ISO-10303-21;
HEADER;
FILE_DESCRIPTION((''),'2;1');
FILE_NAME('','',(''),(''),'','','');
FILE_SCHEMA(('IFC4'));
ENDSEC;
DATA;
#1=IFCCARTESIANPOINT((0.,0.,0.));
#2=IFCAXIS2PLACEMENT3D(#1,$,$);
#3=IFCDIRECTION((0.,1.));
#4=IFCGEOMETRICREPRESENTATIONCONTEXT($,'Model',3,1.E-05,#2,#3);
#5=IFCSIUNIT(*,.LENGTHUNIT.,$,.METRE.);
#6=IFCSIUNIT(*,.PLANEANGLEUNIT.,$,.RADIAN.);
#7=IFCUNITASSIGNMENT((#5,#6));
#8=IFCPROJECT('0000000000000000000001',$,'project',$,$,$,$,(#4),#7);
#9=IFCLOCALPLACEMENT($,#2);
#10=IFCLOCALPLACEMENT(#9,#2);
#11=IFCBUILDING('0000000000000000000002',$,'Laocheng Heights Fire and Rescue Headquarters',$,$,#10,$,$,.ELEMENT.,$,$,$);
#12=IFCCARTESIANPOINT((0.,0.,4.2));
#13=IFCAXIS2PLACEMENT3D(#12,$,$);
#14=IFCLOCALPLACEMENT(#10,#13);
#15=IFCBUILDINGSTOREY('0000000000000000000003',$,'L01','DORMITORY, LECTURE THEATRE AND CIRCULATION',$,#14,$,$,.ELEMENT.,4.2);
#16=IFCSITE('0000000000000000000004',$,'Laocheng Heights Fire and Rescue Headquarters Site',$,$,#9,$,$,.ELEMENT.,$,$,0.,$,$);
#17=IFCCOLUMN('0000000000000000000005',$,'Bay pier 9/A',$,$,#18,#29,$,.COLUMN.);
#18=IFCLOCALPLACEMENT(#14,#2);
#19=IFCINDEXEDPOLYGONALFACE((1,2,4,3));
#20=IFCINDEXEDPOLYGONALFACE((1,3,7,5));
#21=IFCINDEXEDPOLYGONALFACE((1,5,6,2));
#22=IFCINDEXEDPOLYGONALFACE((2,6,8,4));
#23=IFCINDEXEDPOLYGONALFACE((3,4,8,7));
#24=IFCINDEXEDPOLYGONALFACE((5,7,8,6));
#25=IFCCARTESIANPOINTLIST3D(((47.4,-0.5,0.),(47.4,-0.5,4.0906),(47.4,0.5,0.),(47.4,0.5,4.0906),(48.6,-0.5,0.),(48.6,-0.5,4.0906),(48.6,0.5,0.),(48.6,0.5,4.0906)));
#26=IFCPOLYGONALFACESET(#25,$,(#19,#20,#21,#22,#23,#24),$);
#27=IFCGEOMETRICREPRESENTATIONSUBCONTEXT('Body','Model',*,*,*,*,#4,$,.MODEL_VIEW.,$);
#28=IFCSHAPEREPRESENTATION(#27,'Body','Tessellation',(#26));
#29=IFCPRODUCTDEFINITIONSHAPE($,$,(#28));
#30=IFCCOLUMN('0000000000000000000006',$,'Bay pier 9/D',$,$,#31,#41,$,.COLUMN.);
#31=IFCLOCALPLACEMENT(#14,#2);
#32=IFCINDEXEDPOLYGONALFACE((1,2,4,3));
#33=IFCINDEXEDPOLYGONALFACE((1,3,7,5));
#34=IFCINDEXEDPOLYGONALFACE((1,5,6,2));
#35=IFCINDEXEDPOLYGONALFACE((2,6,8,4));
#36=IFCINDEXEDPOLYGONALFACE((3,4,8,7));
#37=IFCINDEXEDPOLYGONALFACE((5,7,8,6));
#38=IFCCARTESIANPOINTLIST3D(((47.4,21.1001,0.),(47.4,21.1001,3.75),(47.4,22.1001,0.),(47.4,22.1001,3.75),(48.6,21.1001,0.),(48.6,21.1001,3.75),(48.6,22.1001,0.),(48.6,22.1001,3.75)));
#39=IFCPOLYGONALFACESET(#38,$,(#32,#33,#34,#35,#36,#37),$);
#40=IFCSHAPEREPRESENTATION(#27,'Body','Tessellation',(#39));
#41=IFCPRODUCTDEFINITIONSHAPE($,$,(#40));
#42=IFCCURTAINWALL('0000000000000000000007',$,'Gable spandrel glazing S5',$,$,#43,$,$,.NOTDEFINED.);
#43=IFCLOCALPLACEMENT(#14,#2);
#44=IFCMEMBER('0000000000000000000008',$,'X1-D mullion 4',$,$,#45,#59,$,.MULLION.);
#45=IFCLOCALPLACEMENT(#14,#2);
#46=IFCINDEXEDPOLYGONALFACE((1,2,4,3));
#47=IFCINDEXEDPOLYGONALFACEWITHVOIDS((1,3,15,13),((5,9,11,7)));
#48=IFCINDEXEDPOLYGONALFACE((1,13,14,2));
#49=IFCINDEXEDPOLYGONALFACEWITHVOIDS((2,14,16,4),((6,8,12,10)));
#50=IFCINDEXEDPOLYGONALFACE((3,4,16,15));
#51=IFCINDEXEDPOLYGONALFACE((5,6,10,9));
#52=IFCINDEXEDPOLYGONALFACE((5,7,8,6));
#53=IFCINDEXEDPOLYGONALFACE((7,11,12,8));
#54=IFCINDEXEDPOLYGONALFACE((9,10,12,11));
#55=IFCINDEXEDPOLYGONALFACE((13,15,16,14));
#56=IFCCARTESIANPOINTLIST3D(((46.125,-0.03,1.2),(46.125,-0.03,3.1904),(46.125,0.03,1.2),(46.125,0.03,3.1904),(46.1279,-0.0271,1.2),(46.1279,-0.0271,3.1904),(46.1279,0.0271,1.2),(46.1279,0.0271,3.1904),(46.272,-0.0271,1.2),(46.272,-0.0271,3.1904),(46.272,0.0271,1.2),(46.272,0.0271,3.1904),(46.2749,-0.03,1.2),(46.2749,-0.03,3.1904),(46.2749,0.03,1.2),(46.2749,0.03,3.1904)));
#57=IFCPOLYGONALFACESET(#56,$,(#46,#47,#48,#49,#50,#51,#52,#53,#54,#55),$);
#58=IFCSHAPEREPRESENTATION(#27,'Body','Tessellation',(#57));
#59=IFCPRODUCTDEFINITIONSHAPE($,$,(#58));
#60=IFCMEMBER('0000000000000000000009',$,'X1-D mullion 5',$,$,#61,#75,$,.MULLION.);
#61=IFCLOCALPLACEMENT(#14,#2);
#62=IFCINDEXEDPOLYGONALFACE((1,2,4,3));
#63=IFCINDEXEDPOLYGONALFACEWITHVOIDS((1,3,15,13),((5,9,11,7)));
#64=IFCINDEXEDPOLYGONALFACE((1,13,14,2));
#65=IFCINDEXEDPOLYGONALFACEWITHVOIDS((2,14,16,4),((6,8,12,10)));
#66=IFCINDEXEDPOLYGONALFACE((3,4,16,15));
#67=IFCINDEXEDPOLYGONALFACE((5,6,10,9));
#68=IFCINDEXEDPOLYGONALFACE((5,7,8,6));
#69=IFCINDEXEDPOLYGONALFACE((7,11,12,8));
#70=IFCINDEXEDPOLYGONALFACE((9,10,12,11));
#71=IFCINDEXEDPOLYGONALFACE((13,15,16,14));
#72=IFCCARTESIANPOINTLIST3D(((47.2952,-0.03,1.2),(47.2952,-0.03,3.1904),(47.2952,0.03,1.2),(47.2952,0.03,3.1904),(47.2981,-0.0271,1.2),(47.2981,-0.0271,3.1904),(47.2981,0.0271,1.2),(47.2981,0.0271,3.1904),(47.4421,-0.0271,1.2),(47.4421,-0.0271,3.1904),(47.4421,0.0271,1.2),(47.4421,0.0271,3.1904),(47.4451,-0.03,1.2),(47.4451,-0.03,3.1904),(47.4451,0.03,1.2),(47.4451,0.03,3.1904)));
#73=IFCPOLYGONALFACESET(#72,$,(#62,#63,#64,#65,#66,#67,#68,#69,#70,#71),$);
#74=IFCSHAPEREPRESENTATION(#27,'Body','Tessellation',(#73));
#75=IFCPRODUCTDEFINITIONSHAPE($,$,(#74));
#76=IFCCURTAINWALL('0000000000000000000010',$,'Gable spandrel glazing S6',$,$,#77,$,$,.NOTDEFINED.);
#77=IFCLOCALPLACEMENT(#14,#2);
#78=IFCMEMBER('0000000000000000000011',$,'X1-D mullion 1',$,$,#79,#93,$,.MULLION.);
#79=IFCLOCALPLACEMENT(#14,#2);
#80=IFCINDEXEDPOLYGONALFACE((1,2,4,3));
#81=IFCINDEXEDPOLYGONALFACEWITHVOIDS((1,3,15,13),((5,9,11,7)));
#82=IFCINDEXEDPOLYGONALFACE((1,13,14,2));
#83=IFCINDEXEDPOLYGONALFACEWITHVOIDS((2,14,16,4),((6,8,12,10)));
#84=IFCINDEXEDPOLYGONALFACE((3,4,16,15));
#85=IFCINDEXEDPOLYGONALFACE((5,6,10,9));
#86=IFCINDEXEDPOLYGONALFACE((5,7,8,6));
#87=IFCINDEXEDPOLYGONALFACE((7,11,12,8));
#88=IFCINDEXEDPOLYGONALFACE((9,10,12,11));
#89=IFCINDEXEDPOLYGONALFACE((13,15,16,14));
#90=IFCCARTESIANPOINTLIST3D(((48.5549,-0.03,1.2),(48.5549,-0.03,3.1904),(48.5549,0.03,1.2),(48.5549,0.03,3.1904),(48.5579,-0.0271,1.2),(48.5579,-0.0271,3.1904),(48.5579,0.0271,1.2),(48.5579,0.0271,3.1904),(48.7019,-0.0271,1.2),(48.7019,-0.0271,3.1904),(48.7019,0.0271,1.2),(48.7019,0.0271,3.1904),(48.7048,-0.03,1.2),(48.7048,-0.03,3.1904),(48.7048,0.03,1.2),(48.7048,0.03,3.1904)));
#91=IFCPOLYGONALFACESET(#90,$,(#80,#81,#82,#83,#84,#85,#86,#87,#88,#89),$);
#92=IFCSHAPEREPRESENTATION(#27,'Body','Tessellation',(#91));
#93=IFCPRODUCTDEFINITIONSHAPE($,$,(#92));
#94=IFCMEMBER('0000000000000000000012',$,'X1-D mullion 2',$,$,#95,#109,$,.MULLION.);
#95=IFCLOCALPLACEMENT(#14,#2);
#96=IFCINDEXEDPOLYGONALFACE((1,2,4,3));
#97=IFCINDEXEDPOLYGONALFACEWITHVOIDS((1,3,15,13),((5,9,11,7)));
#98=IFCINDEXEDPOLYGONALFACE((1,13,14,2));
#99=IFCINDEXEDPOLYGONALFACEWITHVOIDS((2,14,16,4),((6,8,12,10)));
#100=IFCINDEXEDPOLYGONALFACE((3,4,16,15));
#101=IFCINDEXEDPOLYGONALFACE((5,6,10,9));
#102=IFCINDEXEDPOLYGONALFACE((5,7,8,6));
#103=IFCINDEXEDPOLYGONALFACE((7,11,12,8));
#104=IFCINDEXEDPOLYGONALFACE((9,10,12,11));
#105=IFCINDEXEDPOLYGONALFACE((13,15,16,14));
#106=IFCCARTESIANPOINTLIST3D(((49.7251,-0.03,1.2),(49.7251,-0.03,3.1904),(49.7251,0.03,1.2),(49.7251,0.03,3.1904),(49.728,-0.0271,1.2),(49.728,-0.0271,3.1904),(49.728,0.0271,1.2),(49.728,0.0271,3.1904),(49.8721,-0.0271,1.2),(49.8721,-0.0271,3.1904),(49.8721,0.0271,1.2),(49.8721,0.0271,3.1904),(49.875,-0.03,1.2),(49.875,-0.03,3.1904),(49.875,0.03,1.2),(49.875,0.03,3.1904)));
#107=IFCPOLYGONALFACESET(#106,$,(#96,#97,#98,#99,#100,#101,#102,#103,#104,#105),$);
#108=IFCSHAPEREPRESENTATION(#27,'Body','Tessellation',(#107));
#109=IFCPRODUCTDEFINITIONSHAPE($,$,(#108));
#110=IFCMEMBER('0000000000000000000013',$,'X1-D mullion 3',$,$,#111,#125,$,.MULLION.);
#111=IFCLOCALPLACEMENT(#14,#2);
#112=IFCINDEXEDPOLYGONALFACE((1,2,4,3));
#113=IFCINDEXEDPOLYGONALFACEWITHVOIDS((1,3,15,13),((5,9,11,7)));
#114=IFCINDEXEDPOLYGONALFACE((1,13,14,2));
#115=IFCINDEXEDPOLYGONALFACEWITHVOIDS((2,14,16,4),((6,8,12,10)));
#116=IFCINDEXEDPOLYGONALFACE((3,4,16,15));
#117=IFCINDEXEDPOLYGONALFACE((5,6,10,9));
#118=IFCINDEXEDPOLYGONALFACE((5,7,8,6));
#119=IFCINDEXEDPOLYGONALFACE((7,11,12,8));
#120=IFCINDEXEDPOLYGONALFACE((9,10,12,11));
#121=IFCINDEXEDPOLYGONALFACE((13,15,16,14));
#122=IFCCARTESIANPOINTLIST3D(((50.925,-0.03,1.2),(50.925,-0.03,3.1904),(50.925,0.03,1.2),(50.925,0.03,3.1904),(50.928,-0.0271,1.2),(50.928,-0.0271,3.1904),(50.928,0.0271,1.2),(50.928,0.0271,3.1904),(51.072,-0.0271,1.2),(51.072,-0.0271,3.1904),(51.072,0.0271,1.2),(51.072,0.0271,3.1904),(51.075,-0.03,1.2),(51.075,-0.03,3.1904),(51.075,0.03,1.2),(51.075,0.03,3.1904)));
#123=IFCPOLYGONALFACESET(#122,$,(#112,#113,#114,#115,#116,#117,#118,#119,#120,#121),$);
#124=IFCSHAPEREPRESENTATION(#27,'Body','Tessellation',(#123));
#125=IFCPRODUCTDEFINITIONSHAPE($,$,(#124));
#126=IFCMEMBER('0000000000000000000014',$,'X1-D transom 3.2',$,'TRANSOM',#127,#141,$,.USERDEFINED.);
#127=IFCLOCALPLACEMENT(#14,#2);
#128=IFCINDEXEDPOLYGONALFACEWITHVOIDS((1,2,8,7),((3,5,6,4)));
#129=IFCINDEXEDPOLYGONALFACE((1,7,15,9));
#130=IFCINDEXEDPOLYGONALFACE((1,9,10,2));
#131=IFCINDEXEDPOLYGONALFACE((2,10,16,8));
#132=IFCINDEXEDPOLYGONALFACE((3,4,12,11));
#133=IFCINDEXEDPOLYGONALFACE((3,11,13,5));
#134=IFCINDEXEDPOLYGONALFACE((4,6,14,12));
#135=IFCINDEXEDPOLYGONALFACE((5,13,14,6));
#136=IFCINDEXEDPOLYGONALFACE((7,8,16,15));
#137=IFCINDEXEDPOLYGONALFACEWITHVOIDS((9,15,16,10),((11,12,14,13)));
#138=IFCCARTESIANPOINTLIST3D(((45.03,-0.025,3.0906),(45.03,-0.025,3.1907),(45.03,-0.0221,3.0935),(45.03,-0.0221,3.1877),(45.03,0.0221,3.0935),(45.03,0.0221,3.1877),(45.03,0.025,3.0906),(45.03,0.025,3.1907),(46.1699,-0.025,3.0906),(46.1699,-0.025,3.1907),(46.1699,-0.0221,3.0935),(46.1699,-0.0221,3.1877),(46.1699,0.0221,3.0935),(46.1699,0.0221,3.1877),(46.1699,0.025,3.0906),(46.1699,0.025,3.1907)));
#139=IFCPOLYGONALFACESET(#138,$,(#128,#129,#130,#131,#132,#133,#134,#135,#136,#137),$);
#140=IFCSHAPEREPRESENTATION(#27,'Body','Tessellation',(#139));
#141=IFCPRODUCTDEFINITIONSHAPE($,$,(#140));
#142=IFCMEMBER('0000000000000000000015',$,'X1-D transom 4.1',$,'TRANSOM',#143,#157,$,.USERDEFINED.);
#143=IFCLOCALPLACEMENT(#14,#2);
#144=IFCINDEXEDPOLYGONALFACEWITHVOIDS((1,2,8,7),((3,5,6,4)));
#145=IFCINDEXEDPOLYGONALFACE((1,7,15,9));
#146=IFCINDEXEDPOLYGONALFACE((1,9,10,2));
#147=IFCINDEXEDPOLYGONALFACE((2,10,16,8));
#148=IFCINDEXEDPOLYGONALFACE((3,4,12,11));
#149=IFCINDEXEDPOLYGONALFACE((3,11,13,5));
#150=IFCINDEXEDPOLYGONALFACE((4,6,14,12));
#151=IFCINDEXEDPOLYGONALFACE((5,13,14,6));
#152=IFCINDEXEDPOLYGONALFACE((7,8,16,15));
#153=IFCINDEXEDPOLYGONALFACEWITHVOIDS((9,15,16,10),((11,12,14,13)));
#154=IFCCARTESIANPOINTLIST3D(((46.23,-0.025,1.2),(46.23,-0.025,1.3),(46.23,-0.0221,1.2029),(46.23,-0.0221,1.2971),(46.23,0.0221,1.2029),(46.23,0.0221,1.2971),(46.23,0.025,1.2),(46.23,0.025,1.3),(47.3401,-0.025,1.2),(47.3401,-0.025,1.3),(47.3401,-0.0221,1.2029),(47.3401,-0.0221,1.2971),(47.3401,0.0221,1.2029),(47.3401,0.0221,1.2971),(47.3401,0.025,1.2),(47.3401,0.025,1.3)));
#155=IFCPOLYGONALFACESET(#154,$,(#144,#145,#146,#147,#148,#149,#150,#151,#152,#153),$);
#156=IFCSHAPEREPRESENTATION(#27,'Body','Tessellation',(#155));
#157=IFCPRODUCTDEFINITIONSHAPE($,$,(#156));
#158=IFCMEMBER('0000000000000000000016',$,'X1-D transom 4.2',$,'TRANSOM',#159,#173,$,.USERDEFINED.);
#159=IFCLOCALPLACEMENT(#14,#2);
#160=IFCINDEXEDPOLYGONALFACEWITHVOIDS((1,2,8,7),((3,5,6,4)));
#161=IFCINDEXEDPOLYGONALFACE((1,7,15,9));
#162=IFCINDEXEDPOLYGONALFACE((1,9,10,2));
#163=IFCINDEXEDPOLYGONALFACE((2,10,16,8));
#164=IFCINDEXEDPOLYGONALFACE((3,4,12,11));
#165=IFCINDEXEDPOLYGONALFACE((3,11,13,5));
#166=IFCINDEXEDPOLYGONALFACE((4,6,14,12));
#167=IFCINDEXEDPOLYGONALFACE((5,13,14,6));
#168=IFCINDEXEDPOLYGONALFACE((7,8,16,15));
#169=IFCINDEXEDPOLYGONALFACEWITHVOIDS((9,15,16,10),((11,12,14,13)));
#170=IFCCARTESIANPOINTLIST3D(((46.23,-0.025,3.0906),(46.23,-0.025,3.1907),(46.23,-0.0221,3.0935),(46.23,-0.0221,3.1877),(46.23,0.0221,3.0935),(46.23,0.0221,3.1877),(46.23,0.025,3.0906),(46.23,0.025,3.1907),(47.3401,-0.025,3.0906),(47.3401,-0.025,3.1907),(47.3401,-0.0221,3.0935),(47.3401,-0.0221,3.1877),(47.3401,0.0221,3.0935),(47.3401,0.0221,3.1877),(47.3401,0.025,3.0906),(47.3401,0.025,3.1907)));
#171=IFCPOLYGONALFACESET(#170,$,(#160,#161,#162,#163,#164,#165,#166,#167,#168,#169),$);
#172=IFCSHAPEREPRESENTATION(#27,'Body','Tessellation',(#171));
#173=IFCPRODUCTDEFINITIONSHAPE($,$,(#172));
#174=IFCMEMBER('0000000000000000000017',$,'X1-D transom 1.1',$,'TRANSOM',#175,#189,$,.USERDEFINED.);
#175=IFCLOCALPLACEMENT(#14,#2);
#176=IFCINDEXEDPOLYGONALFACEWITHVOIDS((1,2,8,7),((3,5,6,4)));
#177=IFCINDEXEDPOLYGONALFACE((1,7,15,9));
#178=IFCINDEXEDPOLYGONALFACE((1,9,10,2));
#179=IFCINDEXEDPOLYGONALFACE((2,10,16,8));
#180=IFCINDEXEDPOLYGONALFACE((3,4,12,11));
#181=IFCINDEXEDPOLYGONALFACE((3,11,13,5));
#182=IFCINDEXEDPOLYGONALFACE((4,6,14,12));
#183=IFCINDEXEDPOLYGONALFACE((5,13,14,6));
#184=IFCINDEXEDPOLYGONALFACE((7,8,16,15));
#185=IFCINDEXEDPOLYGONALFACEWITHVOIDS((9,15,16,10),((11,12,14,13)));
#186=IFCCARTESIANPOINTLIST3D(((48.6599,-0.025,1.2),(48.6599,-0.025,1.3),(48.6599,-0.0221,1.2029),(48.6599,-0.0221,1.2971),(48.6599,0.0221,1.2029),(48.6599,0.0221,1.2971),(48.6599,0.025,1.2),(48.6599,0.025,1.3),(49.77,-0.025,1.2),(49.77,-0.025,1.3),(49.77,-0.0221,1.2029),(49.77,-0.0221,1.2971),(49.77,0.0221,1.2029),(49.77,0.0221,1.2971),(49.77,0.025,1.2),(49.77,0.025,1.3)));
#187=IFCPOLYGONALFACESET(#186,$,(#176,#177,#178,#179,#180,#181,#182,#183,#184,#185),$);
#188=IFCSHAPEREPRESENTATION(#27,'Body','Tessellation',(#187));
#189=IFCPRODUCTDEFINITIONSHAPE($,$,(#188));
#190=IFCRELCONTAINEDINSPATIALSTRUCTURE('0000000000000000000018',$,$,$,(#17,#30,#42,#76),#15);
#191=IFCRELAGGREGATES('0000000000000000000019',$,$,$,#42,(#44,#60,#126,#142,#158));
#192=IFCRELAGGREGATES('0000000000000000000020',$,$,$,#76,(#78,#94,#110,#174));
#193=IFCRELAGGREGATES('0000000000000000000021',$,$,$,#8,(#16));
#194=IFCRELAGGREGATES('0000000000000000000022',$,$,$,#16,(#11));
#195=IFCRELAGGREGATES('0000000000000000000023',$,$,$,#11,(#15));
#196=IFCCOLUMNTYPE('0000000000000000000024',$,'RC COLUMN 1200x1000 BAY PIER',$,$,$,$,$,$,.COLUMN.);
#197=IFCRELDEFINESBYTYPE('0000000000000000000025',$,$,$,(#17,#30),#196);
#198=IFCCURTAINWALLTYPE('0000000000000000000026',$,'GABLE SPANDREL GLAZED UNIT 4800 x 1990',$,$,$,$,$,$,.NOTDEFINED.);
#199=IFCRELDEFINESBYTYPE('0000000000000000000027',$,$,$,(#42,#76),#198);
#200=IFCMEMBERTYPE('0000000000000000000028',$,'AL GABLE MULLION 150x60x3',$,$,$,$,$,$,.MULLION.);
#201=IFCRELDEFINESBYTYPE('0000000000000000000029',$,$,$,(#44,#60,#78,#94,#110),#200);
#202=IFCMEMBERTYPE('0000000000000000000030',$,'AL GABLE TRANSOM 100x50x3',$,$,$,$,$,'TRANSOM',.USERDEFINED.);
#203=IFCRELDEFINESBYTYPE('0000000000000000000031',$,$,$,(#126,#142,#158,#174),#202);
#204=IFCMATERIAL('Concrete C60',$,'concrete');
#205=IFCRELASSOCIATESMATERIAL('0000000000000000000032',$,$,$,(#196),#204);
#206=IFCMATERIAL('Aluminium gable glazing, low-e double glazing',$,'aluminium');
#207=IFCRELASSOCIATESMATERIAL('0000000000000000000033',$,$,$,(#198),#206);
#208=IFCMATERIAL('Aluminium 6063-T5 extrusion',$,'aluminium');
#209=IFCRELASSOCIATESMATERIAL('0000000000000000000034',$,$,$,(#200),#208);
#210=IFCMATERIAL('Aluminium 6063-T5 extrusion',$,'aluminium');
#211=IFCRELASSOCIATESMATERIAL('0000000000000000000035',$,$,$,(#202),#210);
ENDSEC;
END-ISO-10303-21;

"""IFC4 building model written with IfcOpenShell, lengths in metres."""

from ifc_helpers import new_model, si_unit, direction, frame, origin, origin_2d, place, context, subcontext, project, spatial, rectangle, hollow_rectangle, extrude, material, material_profile, profile_set, type_object, element, aggregate, save


model = new_model("IFC4")

# Units and contexts
model_context = context("Model", 3, precision=1e-05, world=origin(), true_north=direction((0.0, 1.0)))
body_context = subcontext(model_context, "Body", "Model", "MODEL_VIEW")
ifc_project = project(units=[si_unit("LENGTHUNIT", "METRE"), si_unit("PLANEANGLEUNIT", "RADIAN")], contexts=[model_context])

# Site, building, storey
site_placement = place(None, origin())
site = spatial("IfcSite", under=ifc_project, at=site_placement, Name="Laocheng Heights Fire and Rescue Headquarters Site", CompositionType="ELEMENT", RefElevation=0.0)
building_placement = place(site_placement, origin())
building = spatial("IfcBuilding", under=site, at=building_placement, Name="Laocheng Heights Fire and Rescue Headquarters", CompositionType="ELEMENT")
storey_placement = place(building_placement, frame((0.0, 0.0, 4.2)))
storey = spatial("IfcBuildingStorey", under=building, at=storey_placement, Name="L01", Description="DORMITORY, LECTURE THEATRE AND CIRCULATION", CompositionType="ELEMENT", Elevation=4.2)

# Columns
ifc_material_1 = material(Name="Concrete C60", Category="concrete")
ifc_material_profile_1 = material_profile(ifc_material_1, rectangle(XDim=1.2, YDim=1.0, at=origin_2d()), Name="RC COLUMN 1200x1000 BAY PIER")
ifc_profile_set_1 = profile_set([ifc_material_profile_1], Name="Concrete C60")
column_type = type_object("IfcColumnType", Name="RC COLUMN 1200x1000 BAY PIER", PredefinedType="COLUMN", material=ifc_profile_set_1)
column_1_placement = place(storey_placement, frame((48.0, 0.0, 0.0), z_axis=(0.0, 0.0, 1.0), x_axis=(1.0, 0.0, 0.0)))
element("IfcColumn", 1, at=column_1_placement, inside=storey, type_object=column_type, Name="Bay pier 9/A", PredefinedType="COLUMN", context=body_context, shape_type="SweptSolid", body=[
    extrude(rectangle(XDim=1.2, YDim=1.0, at=origin_2d()), origin(), (0.0, 0.0, 1.0), 4.0906),
])
column_2_placement = place(storey_placement, frame((48.0, 21.6001, 0.0), z_axis=(0.0, 0.0, 1.0), x_axis=(1.0, 0.0, 0.0)))
element("IfcColumn", 2, at=column_2_placement, inside=storey, type_object=column_type, Name="Bay pier 9/D", PredefinedType="COLUMN", context=body_context, shape_type="SweptSolid", body=[
    extrude(rectangle(XDim=1.2, YDim=1.0, at=origin_2d()), origin(), (0.0, 0.0, 1.0), 3.75),
])

# Curtain walls, members
ifc_material_2 = material(Name="Aluminium gable glazing, low-e double glazing", Category="aluminium")
curtain_wall_type = type_object("IfcCurtainWallType", Name="GABLE SPANDREL GLAZED UNIT 4800 x 1990", PredefinedType="NOTDEFINED", material=ifc_material_2)
curtain_wall_1_placement = place(storey_placement, origin())
curtain_wall_1 = element("IfcCurtainWall", 3, at=curtain_wall_1_placement, inside=storey, type_object=curtain_wall_type, Name="Gable spandrel glazing S5", PredefinedType="NOTDEFINED")
ifc_material_3 = material(Name="Aluminium 6063-T5 extrusion", Category="aluminium")
ifc_material_profile_2 = material_profile(ifc_material_3, hollow_rectangle(XDim=0.0601, YDim=0.1499, WallThickness=0.0029, at=origin_2d()), Name="AL MULLION 150x60x3")
ifc_profile_set_2 = profile_set([ifc_material_profile_2], Name="Aluminium 6063-T5 extrusion")
member_type_1 = type_object("IfcMemberType", Name="AL GABLE MULLION 150x60x3", PredefinedType="MULLION", material=ifc_profile_set_2)
member_1_placement = place(storey_placement, frame((46.2, 0.0, 1.2), z_axis=(0.0, 0.0, 1.0), x_axis=(0.0, 1.0, 0.0)))
member_1 = element("IfcMember", 4, at=member_1_placement, type_object=member_type_1, Name="X1-D mullion 4", PredefinedType="MULLION", context=body_context, shape_type="SweptSolid", body=[
    extrude(hollow_rectangle(XDim=0.0601, YDim=0.1499, WallThickness=0.0029, at=origin_2d()), origin(), (0.0, 0.0, 1.0), 1.9905),
])
member_2_placement = place(storey_placement, frame((47.3701, 0.0, 1.2), z_axis=(0.0, 0.0, 1.0), x_axis=(0.0, 1.0, 0.0)))
member_2 = element("IfcMember", 5, at=member_2_placement, type_object=member_type_1, Name="X1-D mullion 5", PredefinedType="MULLION", context=body_context, shape_type="SweptSolid", body=[
    extrude(hollow_rectangle(XDim=0.0601, YDim=0.1499, WallThickness=0.0029, at=origin_2d()), origin(), (0.0, 0.0, 1.0), 1.9905),
])
curtain_wall_2_placement = place(storey_placement, origin())
curtain_wall_2 = element("IfcCurtainWall", 6, at=curtain_wall_2_placement, inside=storey, type_object=curtain_wall_type, Name="Gable spandrel glazing S6", PredefinedType="NOTDEFINED")
member_3_placement = place(storey_placement, frame((48.6299, 0.0, 1.2), z_axis=(0.0, 0.0, 1.0), x_axis=(0.0, 1.0, 0.0)))
member_3 = element("IfcMember", 7, at=member_3_placement, type_object=member_type_1, Name="X1-D mullion 1", PredefinedType="MULLION", context=body_context, shape_type="SweptSolid", body=[
    extrude(hollow_rectangle(XDim=0.0601, YDim=0.1499, WallThickness=0.0029, at=origin_2d()), origin(), (0.0, 0.0, 1.0), 1.9905),
])
member_4_placement = place(storey_placement, frame((49.8, 0.0, 1.2), z_axis=(0.0, 0.0, 1.0), x_axis=(0.0, 1.0, 0.0)))
member_4 = element("IfcMember", 8, at=member_4_placement, type_object=member_type_1, Name="X1-D mullion 2", PredefinedType="MULLION", context=body_context, shape_type="SweptSolid", body=[
    extrude(hollow_rectangle(XDim=0.0601, YDim=0.1499, WallThickness=0.0029, at=origin_2d()), origin(), (0.0, 0.0, 1.0), 1.9905),
])
member_5_placement = place(storey_placement, frame((51.0, 0.0, 1.2), z_axis=(0.0, 0.0, 1.0), x_axis=(0.0, 1.0, 0.0)))
member_5 = element("IfcMember", 9, at=member_5_placement, type_object=member_type_1, Name="X1-D mullion 3", PredefinedType="MULLION", context=body_context, shape_type="SweptSolid", body=[
    extrude(hollow_rectangle(XDim=0.0601, YDim=0.1499, WallThickness=0.0029, at=origin_2d()), origin(), (0.0, 0.0, 1.0), 1.9905),
])

# Members
ifc_material_4 = material(Name="Aluminium 6063-T5 extrusion", Category="aluminium")
ifc_material_profile_3 = material_profile(ifc_material_4, hollow_rectangle(XDim=0.05, YDim=0.1001, WallThickness=0.0029, at=origin_2d()), Name="AL TRANSOM 100x50x3")
ifc_profile_set_3 = profile_set([ifc_material_profile_3], Name="Aluminium 6063-T5 extrusion")
member_type_2 = type_object("IfcMemberType", Name="AL GABLE TRANSOM 100x50x3", ElementType="TRANSOM", PredefinedType="USERDEFINED", material=ifc_profile_set_3)
member_6_placement = place(storey_placement, frame((45.03, 0.0, 3.1406), z_axis=(1.0, 0.0, 0.0), x_axis=(0.0, 1.0, 0.0)))
member_6 = element("IfcMember", 10, at=member_6_placement, type_object=member_type_2, Name="X1-D transom 3.2", ObjectType="TRANSOM", PredefinedType="USERDEFINED", context=body_context, shape_type="SweptSolid", body=[
    extrude(hollow_rectangle(XDim=0.05, YDim=0.1001, WallThickness=0.0029, at=origin_2d()), origin(), (0.0, 0.0, 1.0), 1.1399),
])
member_7_placement = place(storey_placement, frame((46.23, 0.0, 1.25), z_axis=(1.0, 0.0, 0.0), x_axis=(0.0, 1.0, 0.0)))
member_7 = element("IfcMember", 11, at=member_7_placement, type_object=member_type_2, Name="X1-D transom 4.1", ObjectType="TRANSOM", PredefinedType="USERDEFINED", context=body_context, shape_type="SweptSolid", body=[
    extrude(hollow_rectangle(XDim=0.05, YDim=0.1001, WallThickness=0.0029, at=origin_2d()), origin(), (0.0, 0.0, 1.0), 1.1101),
])
member_8_placement = place(storey_placement, frame((46.23, 0.0, 3.1406), z_axis=(1.0, 0.0, 0.0), x_axis=(0.0, 1.0, 0.0)))
member_8 = element("IfcMember", 12, at=member_8_placement, type_object=member_type_2, Name="X1-D transom 4.2", ObjectType="TRANSOM", PredefinedType="USERDEFINED", context=body_context, shape_type="SweptSolid", body=[
    extrude(hollow_rectangle(XDim=0.05, YDim=0.1001, WallThickness=0.0029, at=origin_2d()), origin(), (0.0, 0.0, 1.0), 1.1101),
])
member_9_placement = place(storey_placement, frame((48.6599, 0.0, 1.25), z_axis=(1.0, 0.0, 0.0), x_axis=(0.0, 1.0, 0.0)))
member_9 = element("IfcMember", 13, at=member_9_placement, type_object=member_type_2, Name="X1-D transom 1.1", ObjectType="TRANSOM", PredefinedType="USERDEFINED", context=body_context, shape_type="SweptSolid", body=[
    extrude(hollow_rectangle(XDim=0.05, YDim=0.1001, WallThickness=0.0029, at=origin_2d()), origin(), (0.0, 0.0, 1.0), 1.1101),
])

aggregate(curtain_wall_1, [member_1, member_2, member_6, member_7, member_8])
aggregate(curtain_wall_2, [member_3, member_4, member_5, member_9])

save(model, "model.ifc")
